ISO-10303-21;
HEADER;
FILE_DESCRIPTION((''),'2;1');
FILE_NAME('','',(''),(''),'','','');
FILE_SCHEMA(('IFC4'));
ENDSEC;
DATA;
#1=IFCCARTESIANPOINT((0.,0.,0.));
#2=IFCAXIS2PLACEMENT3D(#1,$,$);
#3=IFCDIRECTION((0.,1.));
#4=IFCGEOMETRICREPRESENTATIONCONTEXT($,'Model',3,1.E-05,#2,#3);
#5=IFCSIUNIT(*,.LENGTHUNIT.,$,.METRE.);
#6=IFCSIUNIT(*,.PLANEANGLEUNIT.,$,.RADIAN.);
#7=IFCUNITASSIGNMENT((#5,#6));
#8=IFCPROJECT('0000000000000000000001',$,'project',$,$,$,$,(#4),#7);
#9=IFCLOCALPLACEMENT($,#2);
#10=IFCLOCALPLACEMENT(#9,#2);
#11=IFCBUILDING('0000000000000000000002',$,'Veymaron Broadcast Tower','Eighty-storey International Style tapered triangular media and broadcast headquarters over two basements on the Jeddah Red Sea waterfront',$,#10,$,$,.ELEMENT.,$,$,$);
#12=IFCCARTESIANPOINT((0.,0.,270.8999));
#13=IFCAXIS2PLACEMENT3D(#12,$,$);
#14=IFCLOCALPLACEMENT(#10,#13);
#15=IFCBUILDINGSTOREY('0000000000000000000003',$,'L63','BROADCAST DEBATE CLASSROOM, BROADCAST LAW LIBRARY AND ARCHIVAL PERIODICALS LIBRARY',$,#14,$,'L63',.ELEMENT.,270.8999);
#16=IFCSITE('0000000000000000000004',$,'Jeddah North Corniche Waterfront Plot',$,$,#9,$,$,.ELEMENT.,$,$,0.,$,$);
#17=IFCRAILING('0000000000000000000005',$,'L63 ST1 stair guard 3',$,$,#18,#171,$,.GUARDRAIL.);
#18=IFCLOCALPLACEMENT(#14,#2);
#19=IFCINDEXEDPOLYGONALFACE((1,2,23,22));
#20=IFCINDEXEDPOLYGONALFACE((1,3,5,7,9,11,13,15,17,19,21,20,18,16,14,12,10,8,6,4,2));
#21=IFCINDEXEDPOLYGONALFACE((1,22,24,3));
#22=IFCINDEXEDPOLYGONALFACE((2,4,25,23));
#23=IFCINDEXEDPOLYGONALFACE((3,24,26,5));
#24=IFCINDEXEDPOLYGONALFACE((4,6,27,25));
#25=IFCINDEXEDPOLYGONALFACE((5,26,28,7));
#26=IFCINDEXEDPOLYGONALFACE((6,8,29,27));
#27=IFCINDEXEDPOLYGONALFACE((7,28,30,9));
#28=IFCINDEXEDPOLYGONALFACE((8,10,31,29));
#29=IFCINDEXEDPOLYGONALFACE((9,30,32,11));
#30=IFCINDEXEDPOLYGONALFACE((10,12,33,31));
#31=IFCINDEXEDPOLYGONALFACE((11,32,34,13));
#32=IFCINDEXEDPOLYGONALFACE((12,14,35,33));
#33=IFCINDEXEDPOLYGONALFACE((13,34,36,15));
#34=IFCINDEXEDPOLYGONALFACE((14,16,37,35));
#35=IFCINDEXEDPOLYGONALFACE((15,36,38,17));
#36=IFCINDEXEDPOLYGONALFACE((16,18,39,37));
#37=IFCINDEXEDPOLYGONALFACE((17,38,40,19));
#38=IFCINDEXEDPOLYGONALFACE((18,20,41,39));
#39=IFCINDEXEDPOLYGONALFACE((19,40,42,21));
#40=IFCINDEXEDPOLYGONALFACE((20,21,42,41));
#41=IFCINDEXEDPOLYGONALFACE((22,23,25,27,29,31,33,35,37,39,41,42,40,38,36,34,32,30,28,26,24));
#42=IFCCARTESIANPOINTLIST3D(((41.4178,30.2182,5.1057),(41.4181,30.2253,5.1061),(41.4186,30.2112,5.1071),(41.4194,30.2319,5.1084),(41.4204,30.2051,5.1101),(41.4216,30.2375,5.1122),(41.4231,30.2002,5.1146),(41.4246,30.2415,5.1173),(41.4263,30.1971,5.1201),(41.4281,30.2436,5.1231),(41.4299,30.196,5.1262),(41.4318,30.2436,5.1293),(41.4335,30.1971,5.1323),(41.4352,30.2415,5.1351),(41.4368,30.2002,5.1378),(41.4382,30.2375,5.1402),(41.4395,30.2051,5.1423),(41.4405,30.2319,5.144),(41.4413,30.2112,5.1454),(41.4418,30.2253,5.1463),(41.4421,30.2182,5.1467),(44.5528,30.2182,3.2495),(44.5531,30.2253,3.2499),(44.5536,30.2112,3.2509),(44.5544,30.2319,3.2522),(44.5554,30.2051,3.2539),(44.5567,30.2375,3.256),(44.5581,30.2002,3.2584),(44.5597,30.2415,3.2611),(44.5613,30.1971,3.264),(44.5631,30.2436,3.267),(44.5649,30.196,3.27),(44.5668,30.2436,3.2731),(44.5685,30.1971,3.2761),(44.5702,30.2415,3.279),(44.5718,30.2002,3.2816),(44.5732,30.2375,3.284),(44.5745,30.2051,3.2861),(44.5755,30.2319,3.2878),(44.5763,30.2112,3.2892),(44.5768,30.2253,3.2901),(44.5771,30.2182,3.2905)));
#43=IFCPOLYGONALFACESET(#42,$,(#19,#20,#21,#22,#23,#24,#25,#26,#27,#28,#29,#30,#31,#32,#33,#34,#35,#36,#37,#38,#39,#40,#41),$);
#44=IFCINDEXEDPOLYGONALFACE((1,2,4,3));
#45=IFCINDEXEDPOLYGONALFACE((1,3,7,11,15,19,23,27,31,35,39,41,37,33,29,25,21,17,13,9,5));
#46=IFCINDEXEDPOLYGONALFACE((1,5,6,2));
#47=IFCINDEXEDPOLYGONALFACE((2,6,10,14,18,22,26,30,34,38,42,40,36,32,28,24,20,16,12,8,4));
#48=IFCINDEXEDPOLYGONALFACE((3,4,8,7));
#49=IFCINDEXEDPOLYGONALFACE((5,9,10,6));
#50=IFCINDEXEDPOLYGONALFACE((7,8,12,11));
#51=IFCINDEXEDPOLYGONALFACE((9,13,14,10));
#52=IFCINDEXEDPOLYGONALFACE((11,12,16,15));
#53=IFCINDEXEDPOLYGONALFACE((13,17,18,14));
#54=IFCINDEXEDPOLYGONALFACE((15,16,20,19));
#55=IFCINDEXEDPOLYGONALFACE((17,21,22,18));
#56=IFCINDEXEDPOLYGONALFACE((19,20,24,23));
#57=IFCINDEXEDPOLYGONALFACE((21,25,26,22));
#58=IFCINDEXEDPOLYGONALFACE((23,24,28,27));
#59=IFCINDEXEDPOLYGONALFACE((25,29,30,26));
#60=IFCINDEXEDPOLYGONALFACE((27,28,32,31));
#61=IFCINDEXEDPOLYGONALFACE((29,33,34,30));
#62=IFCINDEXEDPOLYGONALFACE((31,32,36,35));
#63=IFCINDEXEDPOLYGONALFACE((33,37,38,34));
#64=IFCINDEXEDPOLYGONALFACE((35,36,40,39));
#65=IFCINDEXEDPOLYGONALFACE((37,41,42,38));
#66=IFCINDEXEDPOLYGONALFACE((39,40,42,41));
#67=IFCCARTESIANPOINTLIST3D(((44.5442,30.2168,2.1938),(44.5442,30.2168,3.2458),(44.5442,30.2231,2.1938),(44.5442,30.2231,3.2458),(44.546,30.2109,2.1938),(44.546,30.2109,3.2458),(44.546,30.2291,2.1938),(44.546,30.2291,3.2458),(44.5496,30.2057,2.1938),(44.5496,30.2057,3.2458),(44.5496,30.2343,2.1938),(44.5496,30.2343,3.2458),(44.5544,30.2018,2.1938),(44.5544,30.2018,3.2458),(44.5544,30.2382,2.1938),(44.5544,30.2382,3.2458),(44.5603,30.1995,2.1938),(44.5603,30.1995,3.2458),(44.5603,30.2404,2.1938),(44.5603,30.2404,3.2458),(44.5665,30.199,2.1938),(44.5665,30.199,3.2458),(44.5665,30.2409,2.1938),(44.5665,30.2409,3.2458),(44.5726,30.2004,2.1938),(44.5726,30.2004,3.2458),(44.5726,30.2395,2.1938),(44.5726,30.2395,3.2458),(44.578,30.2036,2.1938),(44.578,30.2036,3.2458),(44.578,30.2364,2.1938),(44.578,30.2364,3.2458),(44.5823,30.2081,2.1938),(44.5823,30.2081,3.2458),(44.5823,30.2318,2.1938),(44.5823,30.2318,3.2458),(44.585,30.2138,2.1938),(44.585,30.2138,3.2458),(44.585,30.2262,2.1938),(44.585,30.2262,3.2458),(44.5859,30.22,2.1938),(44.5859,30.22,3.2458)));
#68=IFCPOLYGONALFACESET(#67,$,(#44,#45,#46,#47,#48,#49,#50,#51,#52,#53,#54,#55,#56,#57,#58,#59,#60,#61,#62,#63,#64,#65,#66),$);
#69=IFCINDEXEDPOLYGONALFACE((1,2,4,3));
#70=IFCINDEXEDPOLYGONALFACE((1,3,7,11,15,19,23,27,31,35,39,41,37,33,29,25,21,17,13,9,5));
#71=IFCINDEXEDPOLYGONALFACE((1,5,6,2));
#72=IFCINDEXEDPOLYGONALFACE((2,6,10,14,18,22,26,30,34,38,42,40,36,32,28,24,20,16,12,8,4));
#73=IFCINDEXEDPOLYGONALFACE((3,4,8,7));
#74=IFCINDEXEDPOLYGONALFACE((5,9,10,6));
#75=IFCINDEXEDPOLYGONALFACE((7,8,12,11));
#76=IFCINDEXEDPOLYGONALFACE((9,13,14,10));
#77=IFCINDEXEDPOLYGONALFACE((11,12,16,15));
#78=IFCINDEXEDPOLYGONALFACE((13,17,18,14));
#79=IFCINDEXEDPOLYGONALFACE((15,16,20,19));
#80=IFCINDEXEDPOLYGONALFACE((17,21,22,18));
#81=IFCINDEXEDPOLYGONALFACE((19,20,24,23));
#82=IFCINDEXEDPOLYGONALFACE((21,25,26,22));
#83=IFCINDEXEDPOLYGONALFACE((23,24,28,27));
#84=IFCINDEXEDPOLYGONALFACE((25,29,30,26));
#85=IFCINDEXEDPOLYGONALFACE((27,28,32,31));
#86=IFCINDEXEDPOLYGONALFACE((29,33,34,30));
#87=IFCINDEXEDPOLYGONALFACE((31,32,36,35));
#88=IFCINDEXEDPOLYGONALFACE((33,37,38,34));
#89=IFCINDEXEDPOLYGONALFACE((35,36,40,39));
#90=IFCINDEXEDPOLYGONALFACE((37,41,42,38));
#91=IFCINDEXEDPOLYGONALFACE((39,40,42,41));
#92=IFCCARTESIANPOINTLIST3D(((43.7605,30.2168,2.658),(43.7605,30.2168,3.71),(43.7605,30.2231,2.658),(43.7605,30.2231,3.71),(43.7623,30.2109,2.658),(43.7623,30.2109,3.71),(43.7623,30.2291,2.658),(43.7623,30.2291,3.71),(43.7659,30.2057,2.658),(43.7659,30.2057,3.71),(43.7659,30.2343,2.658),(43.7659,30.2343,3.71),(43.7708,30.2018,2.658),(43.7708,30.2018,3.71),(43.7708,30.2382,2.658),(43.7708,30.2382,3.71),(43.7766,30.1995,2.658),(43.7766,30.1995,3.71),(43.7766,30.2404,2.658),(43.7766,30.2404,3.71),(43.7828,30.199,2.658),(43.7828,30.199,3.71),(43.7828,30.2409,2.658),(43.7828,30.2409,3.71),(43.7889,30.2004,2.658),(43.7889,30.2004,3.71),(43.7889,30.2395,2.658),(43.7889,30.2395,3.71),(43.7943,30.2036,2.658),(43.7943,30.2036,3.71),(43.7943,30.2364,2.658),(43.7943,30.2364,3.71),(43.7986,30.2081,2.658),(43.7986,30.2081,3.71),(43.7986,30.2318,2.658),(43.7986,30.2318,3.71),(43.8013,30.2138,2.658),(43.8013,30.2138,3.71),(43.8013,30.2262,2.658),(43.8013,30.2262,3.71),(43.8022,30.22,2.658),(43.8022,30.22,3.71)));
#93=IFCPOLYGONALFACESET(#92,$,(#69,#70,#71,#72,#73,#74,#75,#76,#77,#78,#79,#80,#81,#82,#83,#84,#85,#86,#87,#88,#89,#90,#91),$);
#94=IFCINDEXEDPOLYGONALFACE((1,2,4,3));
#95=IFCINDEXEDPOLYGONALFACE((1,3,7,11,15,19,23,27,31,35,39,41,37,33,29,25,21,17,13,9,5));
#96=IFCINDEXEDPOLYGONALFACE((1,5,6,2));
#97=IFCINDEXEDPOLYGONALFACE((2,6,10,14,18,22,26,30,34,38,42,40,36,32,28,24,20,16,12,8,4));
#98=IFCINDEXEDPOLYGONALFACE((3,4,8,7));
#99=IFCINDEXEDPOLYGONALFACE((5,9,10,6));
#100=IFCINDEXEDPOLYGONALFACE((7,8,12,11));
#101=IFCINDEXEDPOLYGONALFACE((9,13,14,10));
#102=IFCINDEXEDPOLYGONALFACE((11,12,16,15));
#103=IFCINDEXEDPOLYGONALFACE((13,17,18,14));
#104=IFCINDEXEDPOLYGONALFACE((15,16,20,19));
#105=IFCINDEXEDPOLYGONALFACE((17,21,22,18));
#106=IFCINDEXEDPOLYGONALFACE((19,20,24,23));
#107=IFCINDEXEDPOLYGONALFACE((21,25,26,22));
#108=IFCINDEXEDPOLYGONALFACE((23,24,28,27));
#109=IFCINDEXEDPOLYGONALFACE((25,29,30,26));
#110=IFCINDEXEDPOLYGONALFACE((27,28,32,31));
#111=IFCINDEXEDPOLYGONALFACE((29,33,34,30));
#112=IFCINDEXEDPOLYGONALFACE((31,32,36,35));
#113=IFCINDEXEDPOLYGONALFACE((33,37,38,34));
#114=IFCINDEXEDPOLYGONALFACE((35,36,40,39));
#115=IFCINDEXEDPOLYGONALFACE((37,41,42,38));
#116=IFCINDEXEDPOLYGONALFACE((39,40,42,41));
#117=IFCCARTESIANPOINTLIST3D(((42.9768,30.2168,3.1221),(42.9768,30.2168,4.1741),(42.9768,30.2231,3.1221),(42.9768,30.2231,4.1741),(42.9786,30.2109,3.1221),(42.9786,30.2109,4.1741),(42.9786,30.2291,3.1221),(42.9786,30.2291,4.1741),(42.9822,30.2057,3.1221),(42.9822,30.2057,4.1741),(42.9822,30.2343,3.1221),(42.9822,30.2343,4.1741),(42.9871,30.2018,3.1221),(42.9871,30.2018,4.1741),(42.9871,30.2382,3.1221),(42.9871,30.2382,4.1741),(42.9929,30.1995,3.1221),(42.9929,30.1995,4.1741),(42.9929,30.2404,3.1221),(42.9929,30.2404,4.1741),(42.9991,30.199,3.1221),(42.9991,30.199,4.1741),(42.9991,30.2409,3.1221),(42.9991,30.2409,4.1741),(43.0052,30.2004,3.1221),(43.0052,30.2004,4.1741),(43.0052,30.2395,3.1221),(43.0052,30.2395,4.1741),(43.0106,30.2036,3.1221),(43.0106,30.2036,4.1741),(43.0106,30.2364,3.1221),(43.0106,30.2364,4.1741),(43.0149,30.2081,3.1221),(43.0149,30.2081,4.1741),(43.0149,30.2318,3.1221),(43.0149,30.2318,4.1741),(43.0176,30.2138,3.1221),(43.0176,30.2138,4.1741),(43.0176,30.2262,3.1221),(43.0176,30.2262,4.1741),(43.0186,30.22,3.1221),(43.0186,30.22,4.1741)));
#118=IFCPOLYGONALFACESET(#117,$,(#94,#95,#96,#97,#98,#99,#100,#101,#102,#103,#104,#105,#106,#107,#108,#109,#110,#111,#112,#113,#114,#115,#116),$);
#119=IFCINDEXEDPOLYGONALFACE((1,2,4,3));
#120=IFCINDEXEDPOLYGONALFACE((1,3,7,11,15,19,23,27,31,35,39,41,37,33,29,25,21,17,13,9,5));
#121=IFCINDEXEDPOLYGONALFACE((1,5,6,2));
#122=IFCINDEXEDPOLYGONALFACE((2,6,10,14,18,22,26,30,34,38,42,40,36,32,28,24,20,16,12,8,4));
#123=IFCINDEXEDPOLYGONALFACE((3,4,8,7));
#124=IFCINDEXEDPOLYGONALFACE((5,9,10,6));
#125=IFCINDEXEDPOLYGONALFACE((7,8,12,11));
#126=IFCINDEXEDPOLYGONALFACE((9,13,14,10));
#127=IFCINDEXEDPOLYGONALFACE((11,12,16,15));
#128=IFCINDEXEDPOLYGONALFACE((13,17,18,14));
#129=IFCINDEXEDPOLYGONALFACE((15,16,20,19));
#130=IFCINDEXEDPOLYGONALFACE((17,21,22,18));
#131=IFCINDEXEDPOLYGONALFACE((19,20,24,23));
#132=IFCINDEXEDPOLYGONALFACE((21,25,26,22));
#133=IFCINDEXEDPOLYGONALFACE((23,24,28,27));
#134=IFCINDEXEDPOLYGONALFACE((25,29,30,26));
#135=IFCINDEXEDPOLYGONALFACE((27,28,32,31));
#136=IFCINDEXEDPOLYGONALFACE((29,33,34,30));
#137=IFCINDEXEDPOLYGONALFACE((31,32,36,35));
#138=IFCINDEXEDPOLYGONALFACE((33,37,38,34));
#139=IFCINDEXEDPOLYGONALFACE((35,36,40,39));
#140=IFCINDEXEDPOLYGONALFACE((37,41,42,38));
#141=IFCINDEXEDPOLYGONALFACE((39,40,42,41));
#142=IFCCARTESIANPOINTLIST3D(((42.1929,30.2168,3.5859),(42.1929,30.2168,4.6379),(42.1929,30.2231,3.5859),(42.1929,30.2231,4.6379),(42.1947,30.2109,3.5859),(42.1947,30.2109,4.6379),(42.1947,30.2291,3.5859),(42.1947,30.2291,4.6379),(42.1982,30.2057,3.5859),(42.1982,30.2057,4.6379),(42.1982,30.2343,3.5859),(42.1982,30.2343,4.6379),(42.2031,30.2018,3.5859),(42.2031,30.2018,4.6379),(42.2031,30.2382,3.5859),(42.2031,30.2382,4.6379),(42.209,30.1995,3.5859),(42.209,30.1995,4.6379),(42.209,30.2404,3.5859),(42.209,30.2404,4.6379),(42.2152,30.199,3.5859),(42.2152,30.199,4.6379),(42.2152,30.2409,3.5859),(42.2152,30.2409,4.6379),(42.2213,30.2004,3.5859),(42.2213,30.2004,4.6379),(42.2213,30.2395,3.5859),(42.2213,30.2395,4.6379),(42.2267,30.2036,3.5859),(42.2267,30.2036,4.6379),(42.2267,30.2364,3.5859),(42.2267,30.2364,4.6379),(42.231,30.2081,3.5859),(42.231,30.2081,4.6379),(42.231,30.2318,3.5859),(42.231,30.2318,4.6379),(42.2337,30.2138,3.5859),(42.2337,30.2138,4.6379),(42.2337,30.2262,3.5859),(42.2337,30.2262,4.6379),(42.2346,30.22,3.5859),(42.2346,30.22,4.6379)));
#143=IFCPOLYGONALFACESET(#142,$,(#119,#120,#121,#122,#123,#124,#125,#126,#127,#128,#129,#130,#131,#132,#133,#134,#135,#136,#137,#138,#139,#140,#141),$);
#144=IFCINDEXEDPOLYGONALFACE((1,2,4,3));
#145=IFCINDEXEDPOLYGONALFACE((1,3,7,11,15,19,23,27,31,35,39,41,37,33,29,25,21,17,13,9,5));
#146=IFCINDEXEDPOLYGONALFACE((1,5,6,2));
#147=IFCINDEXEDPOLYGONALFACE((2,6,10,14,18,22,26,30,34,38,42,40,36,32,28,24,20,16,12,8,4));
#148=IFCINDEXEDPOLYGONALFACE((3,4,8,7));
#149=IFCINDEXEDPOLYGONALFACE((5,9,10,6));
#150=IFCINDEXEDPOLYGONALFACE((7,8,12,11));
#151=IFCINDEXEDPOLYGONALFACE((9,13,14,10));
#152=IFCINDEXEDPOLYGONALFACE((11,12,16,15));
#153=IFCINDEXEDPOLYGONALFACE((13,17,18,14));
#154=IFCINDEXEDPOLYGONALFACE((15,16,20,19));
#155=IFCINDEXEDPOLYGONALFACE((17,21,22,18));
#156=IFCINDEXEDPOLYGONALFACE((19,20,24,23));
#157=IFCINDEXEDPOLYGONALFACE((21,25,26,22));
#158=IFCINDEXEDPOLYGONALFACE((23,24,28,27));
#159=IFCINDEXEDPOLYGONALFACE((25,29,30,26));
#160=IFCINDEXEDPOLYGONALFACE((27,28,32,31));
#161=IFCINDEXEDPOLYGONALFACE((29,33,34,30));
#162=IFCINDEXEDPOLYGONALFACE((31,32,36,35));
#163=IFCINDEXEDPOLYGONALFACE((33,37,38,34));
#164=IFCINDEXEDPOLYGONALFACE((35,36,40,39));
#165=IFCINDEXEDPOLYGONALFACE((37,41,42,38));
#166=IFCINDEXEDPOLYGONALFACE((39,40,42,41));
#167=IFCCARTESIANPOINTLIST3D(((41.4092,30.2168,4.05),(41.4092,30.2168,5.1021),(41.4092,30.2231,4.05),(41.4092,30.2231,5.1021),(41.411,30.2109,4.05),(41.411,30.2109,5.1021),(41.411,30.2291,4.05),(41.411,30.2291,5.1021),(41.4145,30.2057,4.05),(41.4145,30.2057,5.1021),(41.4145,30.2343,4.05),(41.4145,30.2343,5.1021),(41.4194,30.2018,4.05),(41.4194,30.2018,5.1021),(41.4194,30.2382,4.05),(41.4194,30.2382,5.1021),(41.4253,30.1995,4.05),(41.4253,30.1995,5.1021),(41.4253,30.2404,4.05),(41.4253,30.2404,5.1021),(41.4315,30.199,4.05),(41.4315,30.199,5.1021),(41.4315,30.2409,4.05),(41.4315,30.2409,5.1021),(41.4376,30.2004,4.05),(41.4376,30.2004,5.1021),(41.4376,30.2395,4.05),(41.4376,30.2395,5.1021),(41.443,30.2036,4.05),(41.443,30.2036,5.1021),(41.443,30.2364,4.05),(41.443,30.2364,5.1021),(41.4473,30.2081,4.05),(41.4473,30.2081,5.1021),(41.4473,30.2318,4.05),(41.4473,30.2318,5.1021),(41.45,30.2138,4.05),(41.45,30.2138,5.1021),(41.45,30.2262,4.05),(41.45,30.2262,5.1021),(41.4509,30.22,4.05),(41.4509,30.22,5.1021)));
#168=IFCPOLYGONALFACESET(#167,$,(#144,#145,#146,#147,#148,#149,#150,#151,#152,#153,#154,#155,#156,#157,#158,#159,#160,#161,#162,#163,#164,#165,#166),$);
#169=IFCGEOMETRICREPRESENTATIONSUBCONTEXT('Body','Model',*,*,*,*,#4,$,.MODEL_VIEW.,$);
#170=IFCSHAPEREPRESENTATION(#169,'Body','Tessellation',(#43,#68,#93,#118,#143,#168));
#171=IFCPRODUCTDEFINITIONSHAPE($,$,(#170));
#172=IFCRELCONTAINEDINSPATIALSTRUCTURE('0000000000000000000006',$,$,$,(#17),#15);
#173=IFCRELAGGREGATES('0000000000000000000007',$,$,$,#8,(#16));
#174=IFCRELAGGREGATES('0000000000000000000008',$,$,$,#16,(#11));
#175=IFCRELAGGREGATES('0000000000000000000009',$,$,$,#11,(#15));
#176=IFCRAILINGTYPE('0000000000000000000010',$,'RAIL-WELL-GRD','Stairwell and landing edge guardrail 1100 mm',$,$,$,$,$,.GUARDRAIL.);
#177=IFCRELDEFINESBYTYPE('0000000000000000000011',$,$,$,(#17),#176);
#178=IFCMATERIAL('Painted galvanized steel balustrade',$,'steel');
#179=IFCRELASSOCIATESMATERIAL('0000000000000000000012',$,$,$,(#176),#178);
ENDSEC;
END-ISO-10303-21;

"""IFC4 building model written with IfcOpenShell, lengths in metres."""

from ifc_helpers import new_model, si_unit, direction, frame, origin, origin_2d, place, context, subcontext, project, spatial, circle, extrude, material, type_object, element, save


model = new_model("IFC4")

# Units and contexts
model_context = context("Model", 3, precision=1e-05, world=origin(), true_north=direction((0.0, 1.0)))
body_context = subcontext(model_context, "Body", "Model", "MODEL_VIEW")
ifc_project = project(units=[si_unit("LENGTHUNIT", "METRE"), si_unit("PLANEANGLEUNIT", "RADIAN")], contexts=[model_context])

# Site, building, storey
site_placement = place(None, origin())
site = spatial("IfcSite", under=ifc_project, at=site_placement, Name="Jeddah North Corniche Waterfront Plot", CompositionType="ELEMENT", RefElevation=0.0)
building_placement = place(site_placement, origin())
building = spatial("IfcBuilding", under=site, at=building_placement, Name="Veymaron Broadcast Tower", Description="Eighty-storey International Style tapered triangular media and broadcast headquarters over two basements on the Jeddah Red Sea waterfront", CompositionType="ELEMENT")
storey_placement = place(building_placement, frame((0.0, 0.0, 270.8999)))
storey = spatial("IfcBuildingStorey", under=building, at=storey_placement, Name="L63", Description="BROADCAST DEBATE CLASSROOM, BROADCAST LAW LIBRARY AND ARCHIVAL PERIODICALS LIBRARY", LongName="L63", CompositionType="ELEMENT", Elevation=270.8999)

# Railing
ifc_material_1 = material(Name="Painted galvanized steel balustrade", Category="steel")
railing_type_1 = type_object("IfcRailingType", Name="RAIL-WELL-GRD", Description="Stairwell and landing edge guardrail 1100 mm", PredefinedType="GUARDRAIL", material=ifc_material_1)
railing_1_placement = place(storey_placement, frame((44.5649, 30.22, 2.1938)))
element("IfcRailing", 1, at=railing_1_placement, inside=storey, type_object=railing_type_1, Name="L63 ST1 stair guard 3", PredefinedType="GUARDRAIL", context=body_context, shape_type="SweptSolid", body=[
    extrude(circle(Radius=0.0239, at=origin_2d()), frame((0.0, 0.0, 1.0762), z_axis=(-0.860482, 0.0, 0.509481), x_axis=(0.0, -1.0, 0.0)), (0.0, 0.0, 1.0), 3.6433),
    extrude(circle(Radius=0.021, at=origin_2d()), origin(), (0.0, 0.0, 1.0), 1.052),
    extrude(circle(Radius=0.021, at=origin_2d()), frame((-0.7837, 0.0, 0.4641)), (0.0, 0.0, 1.0), 1.052),
    extrude(circle(Radius=0.021, at=origin_2d()), frame((-1.5674, 0.0, 0.9282)), (0.0, 0.0, 1.0), 1.052),
    extrude(circle(Radius=0.021, at=origin_2d()), frame((-2.3513, 0.0, 1.3921)), (0.0, 0.0, 1.0), 1.052),
    extrude(circle(Radius=0.021, at=origin_2d()), frame((-3.135, 0.0, 1.8562)), (0.0, 0.0, 1.0), 1.052),
])

save(model, "model.ifc")
